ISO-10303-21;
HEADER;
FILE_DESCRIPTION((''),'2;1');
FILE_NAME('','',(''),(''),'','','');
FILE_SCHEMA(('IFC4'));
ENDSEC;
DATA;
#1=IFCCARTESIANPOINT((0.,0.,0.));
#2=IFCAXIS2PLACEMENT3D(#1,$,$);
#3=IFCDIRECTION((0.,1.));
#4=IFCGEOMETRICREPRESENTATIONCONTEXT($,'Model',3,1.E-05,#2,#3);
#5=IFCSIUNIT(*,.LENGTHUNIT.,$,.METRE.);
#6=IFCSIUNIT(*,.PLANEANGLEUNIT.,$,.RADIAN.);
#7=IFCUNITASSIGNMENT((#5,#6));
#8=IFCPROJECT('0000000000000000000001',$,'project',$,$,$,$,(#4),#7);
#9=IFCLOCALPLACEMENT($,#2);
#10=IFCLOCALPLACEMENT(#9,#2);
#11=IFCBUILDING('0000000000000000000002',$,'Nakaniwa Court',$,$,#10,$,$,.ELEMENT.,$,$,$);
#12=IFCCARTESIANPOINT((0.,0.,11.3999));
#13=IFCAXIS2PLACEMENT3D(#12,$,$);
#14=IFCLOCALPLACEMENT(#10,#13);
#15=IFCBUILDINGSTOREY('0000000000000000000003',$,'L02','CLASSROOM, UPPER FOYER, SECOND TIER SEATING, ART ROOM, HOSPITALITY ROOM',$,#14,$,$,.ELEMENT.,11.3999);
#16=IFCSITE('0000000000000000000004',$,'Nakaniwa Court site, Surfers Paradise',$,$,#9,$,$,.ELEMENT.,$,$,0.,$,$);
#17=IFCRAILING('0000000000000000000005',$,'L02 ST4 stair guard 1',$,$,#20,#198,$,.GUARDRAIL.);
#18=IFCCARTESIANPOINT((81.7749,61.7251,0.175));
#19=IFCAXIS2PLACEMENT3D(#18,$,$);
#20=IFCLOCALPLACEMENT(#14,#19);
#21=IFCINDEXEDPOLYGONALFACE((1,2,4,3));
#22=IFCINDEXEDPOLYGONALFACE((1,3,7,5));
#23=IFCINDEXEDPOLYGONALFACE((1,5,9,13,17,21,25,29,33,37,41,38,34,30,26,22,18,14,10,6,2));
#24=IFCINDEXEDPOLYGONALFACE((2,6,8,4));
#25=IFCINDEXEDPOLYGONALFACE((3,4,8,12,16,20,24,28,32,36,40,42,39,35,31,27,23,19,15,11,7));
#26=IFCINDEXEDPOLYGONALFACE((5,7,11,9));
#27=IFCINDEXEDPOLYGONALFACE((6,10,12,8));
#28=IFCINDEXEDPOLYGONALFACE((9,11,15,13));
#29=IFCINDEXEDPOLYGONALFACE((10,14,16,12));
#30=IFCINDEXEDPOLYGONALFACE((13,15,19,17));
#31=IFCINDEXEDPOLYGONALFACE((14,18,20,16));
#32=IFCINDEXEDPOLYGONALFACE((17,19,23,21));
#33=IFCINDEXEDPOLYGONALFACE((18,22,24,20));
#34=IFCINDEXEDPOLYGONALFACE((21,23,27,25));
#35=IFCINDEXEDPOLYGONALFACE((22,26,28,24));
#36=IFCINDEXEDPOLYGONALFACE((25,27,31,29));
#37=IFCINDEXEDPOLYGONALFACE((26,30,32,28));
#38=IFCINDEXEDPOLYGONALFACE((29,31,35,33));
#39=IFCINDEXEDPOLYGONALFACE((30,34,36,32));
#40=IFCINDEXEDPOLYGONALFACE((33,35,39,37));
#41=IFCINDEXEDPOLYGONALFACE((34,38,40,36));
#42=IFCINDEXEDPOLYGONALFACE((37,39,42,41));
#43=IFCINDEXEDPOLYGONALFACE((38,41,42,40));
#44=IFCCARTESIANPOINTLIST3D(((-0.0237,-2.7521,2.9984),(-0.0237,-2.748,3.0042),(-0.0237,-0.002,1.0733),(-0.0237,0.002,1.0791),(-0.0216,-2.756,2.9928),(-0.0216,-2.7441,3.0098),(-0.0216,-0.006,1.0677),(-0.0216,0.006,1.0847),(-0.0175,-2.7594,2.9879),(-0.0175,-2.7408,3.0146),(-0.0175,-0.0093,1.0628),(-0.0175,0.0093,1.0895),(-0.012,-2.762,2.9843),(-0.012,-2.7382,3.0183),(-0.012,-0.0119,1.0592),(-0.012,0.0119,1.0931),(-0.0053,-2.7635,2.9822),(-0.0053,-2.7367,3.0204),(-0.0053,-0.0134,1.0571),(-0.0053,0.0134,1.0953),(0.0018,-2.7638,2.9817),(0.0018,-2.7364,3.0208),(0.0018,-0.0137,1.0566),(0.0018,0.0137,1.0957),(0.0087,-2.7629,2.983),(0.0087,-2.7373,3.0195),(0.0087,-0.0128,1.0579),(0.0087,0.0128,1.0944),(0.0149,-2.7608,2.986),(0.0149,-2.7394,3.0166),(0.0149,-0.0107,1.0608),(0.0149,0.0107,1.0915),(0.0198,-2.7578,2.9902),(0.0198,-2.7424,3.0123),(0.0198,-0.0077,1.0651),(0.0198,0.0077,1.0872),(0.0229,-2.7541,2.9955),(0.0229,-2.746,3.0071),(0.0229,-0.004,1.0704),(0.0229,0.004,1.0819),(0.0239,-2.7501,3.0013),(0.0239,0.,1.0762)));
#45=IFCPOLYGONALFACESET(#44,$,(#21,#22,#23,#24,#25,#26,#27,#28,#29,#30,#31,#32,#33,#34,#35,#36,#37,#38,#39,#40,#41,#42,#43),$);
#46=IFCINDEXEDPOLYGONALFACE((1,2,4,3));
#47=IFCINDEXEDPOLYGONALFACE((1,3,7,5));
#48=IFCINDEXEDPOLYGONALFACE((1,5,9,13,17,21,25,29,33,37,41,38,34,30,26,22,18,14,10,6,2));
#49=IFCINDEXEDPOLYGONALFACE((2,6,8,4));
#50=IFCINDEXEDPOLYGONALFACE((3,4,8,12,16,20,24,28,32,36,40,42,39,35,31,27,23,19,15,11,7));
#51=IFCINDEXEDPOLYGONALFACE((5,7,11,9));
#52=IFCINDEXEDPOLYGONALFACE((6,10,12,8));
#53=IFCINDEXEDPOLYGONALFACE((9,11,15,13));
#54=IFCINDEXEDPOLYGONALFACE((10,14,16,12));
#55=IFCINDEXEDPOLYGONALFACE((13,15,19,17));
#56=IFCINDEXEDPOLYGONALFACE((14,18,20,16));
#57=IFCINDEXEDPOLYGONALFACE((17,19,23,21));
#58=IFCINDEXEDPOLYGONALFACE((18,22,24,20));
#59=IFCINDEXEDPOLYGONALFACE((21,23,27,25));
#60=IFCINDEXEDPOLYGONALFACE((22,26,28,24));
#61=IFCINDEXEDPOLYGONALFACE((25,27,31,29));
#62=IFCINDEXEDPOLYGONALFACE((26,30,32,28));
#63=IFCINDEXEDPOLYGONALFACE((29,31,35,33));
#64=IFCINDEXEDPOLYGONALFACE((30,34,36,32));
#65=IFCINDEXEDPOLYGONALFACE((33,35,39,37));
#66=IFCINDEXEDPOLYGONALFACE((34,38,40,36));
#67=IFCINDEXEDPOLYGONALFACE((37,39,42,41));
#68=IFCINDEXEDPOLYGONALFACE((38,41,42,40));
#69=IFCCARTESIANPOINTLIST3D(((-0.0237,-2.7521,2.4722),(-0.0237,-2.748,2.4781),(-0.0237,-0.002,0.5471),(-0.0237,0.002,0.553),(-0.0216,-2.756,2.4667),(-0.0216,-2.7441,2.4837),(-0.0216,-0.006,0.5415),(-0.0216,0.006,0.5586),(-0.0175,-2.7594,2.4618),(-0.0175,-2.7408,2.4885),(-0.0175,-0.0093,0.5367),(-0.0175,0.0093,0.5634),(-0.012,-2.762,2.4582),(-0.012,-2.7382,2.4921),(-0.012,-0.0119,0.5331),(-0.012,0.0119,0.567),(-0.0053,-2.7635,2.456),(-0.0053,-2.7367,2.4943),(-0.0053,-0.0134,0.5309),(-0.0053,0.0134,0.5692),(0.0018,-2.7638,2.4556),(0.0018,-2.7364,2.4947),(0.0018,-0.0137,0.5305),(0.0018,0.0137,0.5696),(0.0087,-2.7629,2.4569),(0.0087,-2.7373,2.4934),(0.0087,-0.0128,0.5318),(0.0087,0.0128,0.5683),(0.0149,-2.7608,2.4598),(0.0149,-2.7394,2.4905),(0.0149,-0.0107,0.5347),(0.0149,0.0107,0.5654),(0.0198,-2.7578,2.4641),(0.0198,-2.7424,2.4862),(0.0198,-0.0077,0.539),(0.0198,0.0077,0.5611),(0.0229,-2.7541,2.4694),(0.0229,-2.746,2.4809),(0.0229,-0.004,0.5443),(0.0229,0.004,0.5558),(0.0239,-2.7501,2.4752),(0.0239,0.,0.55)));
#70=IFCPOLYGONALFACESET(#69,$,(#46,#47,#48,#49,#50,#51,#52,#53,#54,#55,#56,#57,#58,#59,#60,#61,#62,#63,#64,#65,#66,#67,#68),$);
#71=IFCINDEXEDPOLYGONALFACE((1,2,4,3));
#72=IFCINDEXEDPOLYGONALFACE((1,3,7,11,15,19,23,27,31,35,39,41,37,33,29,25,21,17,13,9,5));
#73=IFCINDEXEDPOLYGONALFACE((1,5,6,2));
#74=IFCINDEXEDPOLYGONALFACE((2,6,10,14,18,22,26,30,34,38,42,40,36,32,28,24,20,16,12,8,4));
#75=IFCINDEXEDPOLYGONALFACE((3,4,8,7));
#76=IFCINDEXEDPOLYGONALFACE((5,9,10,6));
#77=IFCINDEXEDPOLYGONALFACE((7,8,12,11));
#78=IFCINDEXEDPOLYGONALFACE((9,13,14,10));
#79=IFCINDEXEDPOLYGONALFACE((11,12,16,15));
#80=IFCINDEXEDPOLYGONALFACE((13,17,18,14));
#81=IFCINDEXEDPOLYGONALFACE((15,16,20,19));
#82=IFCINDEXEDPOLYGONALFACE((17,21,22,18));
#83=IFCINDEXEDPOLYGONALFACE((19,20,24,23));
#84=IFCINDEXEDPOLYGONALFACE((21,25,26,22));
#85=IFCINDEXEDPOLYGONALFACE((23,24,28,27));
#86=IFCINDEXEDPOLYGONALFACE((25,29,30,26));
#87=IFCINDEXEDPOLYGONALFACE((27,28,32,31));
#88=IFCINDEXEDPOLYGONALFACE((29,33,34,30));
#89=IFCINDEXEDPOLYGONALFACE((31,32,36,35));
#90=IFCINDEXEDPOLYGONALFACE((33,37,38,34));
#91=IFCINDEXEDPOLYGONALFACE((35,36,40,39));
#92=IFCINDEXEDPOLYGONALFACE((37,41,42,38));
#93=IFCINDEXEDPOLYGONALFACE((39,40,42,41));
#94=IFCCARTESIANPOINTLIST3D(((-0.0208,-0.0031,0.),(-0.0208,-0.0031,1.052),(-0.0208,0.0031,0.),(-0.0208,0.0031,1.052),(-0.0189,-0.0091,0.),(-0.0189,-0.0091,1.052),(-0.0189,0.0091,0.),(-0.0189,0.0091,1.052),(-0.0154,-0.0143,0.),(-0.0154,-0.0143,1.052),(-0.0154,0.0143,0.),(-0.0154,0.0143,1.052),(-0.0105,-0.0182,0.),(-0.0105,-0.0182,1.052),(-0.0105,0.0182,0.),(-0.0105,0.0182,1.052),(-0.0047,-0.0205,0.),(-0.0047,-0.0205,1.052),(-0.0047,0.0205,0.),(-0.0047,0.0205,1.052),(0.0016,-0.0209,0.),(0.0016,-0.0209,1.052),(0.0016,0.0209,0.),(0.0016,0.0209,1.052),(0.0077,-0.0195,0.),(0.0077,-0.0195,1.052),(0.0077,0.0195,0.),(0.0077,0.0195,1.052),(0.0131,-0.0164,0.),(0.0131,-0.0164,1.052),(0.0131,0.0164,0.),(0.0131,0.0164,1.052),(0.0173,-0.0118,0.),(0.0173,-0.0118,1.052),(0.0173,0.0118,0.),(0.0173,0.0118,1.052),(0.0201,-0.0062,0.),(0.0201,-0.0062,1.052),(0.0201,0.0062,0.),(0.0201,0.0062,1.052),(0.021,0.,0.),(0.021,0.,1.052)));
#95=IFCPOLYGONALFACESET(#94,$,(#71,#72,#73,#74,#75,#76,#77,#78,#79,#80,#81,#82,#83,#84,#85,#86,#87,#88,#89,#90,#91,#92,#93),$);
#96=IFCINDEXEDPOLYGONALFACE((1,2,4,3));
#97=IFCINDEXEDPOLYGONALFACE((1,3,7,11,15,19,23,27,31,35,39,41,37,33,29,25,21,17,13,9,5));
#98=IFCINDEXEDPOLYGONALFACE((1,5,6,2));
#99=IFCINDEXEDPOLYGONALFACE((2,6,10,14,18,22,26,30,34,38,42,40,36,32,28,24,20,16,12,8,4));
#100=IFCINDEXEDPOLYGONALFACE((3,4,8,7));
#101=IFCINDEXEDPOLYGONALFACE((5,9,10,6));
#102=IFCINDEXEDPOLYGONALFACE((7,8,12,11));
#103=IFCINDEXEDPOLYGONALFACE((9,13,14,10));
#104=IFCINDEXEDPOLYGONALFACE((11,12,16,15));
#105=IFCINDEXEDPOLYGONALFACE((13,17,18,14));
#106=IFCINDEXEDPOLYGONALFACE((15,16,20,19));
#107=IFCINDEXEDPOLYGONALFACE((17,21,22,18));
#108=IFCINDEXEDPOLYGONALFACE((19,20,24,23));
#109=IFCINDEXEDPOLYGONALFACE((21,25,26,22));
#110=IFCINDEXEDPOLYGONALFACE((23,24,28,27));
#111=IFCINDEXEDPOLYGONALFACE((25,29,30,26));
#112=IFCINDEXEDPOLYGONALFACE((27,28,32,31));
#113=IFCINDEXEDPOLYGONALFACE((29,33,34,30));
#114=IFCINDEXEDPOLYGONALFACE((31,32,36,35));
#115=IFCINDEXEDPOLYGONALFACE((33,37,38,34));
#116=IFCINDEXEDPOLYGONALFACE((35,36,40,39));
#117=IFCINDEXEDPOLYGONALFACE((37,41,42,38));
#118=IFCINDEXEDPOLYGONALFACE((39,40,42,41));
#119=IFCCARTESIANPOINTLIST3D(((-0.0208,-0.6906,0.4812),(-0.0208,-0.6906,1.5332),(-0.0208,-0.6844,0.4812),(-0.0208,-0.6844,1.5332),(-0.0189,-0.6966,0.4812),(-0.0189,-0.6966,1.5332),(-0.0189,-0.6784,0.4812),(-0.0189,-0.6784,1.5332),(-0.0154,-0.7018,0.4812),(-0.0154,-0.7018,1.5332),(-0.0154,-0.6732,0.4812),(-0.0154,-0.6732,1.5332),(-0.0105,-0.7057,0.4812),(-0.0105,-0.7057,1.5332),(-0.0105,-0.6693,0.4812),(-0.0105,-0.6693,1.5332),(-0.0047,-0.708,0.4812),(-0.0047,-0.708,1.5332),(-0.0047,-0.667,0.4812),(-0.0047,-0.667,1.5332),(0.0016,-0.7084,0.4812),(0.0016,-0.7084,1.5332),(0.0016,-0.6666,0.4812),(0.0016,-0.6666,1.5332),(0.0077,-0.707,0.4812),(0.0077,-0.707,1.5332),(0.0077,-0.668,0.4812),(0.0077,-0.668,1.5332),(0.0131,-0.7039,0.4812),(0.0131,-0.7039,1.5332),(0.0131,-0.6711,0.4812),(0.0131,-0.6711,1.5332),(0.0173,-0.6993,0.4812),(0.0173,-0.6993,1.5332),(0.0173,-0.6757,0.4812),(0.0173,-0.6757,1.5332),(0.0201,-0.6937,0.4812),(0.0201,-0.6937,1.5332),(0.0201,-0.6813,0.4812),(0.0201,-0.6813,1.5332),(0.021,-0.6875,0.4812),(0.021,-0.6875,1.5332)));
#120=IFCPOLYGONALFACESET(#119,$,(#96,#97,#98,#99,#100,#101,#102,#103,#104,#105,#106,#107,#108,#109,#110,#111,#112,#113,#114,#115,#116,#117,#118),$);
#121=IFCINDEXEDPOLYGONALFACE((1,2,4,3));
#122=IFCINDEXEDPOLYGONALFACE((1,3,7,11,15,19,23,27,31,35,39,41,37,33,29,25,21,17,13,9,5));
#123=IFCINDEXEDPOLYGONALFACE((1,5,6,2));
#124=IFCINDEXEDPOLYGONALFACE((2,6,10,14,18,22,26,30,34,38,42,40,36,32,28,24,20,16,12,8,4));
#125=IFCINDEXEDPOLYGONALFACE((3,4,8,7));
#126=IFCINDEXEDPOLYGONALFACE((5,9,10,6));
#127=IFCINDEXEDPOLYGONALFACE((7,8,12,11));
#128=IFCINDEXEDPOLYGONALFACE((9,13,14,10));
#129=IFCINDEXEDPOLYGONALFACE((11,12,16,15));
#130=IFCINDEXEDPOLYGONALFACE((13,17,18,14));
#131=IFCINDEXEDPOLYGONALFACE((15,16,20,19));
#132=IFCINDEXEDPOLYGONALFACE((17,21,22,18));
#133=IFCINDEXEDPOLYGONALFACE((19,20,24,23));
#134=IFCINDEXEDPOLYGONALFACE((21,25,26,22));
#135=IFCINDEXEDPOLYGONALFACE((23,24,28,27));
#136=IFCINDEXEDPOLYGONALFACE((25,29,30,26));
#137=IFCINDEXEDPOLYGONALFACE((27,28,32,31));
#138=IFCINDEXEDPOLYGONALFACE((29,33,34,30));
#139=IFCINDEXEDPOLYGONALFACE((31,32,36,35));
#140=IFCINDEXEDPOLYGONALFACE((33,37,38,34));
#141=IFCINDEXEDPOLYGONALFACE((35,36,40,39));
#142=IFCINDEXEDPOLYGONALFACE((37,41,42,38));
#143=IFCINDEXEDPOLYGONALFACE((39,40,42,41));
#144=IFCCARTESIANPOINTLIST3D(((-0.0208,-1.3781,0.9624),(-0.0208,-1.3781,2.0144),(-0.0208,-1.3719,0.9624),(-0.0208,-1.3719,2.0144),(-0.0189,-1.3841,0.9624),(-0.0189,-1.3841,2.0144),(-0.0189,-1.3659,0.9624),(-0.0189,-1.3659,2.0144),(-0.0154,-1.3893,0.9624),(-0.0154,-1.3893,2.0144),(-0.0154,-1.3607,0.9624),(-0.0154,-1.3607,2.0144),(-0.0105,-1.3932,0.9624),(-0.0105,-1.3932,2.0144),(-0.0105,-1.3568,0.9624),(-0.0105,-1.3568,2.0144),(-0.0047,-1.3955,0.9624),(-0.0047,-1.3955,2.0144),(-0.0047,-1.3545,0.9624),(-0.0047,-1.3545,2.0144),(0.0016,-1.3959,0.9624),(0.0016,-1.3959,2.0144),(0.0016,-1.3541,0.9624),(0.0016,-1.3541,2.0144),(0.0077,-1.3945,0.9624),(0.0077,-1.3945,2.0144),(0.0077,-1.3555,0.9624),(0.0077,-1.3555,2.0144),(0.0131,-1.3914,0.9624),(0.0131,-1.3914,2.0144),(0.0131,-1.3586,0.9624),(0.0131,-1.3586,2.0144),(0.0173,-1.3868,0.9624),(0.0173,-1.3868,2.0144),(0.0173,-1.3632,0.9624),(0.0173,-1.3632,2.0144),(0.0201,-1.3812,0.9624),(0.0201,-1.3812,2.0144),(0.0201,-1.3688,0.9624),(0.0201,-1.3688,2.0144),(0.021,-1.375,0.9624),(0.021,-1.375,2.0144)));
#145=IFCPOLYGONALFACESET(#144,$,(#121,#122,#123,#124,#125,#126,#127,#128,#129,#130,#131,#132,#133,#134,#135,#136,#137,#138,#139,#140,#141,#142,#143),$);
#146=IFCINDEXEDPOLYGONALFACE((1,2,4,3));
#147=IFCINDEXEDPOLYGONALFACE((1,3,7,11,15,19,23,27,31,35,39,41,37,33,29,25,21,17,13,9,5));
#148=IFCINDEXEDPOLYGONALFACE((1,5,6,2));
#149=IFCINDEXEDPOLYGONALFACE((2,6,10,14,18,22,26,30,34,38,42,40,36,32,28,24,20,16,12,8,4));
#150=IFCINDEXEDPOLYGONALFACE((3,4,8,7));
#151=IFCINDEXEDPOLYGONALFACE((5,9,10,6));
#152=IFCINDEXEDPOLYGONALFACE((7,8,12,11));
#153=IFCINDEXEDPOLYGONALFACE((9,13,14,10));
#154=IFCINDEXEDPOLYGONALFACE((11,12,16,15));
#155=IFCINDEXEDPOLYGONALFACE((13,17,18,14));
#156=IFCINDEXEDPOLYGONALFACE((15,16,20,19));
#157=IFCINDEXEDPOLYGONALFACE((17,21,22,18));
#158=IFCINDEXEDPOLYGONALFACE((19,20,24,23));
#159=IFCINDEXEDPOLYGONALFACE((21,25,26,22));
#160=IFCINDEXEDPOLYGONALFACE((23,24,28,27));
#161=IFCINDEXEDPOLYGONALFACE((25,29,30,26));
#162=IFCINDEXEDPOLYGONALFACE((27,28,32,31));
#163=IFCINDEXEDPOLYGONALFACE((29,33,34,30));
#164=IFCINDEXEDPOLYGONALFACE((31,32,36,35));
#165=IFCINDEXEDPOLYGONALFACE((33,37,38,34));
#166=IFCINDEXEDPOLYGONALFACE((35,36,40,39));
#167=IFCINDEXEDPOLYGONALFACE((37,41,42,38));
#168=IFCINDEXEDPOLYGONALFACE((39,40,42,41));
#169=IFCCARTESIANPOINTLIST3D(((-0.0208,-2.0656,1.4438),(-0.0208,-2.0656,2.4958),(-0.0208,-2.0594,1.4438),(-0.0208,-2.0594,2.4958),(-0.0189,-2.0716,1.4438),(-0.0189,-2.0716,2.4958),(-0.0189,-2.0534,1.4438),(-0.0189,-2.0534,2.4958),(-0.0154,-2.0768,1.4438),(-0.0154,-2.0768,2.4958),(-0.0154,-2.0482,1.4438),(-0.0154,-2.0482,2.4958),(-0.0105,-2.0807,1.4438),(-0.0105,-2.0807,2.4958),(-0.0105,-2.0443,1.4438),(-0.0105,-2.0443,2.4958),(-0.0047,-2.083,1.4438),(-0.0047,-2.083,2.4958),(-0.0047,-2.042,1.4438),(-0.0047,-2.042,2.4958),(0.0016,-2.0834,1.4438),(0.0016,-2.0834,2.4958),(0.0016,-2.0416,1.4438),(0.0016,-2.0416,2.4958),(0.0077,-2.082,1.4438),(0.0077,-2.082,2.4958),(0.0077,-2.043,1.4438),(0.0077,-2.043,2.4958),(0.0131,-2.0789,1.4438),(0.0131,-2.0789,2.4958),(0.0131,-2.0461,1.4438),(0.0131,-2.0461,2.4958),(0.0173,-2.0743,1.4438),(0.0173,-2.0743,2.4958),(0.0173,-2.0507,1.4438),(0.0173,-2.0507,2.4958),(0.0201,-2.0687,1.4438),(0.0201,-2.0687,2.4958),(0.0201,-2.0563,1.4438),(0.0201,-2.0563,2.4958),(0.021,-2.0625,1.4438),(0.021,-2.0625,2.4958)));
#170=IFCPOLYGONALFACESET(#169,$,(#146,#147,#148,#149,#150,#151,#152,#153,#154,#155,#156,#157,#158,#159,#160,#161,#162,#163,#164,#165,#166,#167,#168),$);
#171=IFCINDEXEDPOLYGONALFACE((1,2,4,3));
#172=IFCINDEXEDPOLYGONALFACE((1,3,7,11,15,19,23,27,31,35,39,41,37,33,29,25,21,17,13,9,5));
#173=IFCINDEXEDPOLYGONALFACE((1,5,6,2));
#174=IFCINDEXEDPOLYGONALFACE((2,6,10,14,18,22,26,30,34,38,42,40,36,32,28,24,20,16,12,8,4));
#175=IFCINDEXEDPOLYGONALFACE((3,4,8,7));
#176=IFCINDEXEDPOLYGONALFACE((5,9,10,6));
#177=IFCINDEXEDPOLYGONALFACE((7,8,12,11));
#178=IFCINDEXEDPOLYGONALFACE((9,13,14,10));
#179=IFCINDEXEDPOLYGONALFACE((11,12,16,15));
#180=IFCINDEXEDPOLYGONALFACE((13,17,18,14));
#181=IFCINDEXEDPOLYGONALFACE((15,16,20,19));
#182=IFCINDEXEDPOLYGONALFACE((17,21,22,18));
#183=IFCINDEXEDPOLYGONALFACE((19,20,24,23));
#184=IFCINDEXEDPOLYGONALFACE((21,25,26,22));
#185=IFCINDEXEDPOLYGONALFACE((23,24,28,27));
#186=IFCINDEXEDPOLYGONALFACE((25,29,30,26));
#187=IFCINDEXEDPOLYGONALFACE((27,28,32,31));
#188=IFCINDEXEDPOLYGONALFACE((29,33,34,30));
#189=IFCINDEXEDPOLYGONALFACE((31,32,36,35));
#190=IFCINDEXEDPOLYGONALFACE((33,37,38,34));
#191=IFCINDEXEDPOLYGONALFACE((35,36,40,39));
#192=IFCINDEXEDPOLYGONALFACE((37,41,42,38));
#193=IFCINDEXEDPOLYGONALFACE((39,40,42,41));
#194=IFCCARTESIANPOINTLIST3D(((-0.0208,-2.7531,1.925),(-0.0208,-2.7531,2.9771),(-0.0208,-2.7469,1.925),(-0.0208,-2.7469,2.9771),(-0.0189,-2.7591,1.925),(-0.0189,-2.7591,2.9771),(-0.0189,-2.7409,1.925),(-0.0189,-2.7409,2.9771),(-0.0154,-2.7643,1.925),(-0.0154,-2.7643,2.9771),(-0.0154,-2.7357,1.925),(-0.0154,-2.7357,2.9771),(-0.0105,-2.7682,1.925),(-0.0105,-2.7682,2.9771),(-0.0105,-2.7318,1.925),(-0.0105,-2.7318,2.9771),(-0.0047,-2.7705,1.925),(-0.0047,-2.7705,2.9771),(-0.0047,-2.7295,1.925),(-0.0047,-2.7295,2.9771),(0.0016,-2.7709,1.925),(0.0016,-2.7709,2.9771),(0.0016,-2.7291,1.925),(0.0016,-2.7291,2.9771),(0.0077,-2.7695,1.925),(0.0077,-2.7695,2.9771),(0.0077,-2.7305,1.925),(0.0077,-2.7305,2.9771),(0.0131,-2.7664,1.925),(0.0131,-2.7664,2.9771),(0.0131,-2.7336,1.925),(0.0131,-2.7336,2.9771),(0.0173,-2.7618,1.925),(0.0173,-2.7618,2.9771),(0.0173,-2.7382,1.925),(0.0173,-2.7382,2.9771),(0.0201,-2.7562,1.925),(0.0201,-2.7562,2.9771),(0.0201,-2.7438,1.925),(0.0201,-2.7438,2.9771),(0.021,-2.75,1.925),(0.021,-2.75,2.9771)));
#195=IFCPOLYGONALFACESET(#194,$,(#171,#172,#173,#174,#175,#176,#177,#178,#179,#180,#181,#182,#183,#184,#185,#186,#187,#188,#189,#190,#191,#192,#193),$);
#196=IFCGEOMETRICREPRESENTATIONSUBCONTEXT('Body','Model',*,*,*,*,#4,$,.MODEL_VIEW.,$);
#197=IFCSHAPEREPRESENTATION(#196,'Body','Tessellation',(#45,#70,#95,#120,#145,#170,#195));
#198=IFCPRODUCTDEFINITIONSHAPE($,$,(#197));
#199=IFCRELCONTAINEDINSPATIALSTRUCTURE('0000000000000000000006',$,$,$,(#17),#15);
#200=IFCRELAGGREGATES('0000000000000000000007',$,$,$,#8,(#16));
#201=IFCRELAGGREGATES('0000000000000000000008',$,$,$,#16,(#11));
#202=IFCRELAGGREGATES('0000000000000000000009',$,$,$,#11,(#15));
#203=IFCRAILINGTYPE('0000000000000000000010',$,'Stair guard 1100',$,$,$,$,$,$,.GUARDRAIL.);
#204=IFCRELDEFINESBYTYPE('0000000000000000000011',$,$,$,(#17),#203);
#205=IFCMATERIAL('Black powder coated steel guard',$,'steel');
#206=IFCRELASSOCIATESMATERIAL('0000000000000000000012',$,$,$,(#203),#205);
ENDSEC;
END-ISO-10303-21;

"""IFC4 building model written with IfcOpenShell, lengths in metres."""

from ifc_helpers import new_model, si_unit, direction, frame, origin, origin_2d, place, context, subcontext, project, spatial, circle, extrude, material, type_object, element, save


model = new_model("IFC4")

# Units and contexts
model_context = context("Model", 3, precision=1e-05, world=origin(), true_north=direction((0.0, 1.0)))
body_context = subcontext(model_context, "Body", "Model", "MODEL_VIEW")
ifc_project = project(units=[si_unit("LENGTHUNIT", "METRE"), si_unit("PLANEANGLEUNIT", "RADIAN")], contexts=[model_context])

# Site, building, storey
site_placement = place(None, origin())
site = spatial("IfcSite", under=ifc_project, at=site_placement, Name="Nakaniwa Court site, Surfers Paradise", CompositionType="ELEMENT", RefElevation=0.0)
building_placement = place(site_placement, origin())
building = spatial("IfcBuilding", under=site, at=building_placement, Name="Nakaniwa Court", CompositionType="ELEMENT")
storey_placement = place(building_placement, frame((0.0, 0.0, 11.3999)))
storey = spatial("IfcBuildingStorey", under=building, at=storey_placement, Name="L02", Description="CLASSROOM, UPPER FOYER, SECOND TIER SEATING, ART ROOM, HOSPITALITY ROOM", CompositionType="ELEMENT", Elevation=11.3999)

# Railing
ifc_material_1 = material(Name="Black powder coated steel guard", Category="steel")
railing_type_1 = type_object("IfcRailingType", Name="Stair guard 1100", PredefinedType="GUARDRAIL", material=ifc_material_1)
railing_1_placement = place(storey_placement, frame((81.7749, 61.7251, 0.175)))
element("IfcRailing", 1, at=railing_1_placement, inside=storey, type_object=railing_type_1, Name="L02 ST4 stair guard 1", PredefinedType="GUARDRAIL", context=body_context, shape_type="SweptSolid", body=[
    extrude(circle(Radius=0.0239, at=origin_2d()), frame((0.0, 0.0, 1.0762), z_axis=(0.0, -0.819225, 0.573472), x_axis=(1.0, 0.0, 0.0)), (0.0, 0.0, 1.0), 3.3569),
    extrude(circle(Radius=0.0239, at=origin_2d()), frame((0.0, 0.0, 0.55), z_axis=(0.0, -0.819225, 0.573472), x_axis=(1.0, 0.0, 0.0)), (0.0, 0.0, 1.0), 3.3569),
    extrude(circle(Radius=0.021, at=origin_2d()), origin(), (0.0, 0.0, 1.0), 1.052),
    extrude(circle(Radius=0.021, at=origin_2d()), frame((0.0, -0.6875, 0.4812)), (0.0, 0.0, 1.0), 1.052),
    extrude(circle(Radius=0.021, at=origin_2d()), frame((0.0, -1.375, 0.9624)), (0.0, 0.0, 1.0), 1.052),
    extrude(circle(Radius=0.021, at=origin_2d()), frame((0.0, -2.0625, 1.4438)), (0.0, 0.0, 1.0), 1.052),
    extrude(circle(Radius=0.021, at=origin_2d()), frame((0.0, -2.75, 1.925)), (0.0, 0.0, 1.0), 1.052),
])

save(model, "model.ifc")
